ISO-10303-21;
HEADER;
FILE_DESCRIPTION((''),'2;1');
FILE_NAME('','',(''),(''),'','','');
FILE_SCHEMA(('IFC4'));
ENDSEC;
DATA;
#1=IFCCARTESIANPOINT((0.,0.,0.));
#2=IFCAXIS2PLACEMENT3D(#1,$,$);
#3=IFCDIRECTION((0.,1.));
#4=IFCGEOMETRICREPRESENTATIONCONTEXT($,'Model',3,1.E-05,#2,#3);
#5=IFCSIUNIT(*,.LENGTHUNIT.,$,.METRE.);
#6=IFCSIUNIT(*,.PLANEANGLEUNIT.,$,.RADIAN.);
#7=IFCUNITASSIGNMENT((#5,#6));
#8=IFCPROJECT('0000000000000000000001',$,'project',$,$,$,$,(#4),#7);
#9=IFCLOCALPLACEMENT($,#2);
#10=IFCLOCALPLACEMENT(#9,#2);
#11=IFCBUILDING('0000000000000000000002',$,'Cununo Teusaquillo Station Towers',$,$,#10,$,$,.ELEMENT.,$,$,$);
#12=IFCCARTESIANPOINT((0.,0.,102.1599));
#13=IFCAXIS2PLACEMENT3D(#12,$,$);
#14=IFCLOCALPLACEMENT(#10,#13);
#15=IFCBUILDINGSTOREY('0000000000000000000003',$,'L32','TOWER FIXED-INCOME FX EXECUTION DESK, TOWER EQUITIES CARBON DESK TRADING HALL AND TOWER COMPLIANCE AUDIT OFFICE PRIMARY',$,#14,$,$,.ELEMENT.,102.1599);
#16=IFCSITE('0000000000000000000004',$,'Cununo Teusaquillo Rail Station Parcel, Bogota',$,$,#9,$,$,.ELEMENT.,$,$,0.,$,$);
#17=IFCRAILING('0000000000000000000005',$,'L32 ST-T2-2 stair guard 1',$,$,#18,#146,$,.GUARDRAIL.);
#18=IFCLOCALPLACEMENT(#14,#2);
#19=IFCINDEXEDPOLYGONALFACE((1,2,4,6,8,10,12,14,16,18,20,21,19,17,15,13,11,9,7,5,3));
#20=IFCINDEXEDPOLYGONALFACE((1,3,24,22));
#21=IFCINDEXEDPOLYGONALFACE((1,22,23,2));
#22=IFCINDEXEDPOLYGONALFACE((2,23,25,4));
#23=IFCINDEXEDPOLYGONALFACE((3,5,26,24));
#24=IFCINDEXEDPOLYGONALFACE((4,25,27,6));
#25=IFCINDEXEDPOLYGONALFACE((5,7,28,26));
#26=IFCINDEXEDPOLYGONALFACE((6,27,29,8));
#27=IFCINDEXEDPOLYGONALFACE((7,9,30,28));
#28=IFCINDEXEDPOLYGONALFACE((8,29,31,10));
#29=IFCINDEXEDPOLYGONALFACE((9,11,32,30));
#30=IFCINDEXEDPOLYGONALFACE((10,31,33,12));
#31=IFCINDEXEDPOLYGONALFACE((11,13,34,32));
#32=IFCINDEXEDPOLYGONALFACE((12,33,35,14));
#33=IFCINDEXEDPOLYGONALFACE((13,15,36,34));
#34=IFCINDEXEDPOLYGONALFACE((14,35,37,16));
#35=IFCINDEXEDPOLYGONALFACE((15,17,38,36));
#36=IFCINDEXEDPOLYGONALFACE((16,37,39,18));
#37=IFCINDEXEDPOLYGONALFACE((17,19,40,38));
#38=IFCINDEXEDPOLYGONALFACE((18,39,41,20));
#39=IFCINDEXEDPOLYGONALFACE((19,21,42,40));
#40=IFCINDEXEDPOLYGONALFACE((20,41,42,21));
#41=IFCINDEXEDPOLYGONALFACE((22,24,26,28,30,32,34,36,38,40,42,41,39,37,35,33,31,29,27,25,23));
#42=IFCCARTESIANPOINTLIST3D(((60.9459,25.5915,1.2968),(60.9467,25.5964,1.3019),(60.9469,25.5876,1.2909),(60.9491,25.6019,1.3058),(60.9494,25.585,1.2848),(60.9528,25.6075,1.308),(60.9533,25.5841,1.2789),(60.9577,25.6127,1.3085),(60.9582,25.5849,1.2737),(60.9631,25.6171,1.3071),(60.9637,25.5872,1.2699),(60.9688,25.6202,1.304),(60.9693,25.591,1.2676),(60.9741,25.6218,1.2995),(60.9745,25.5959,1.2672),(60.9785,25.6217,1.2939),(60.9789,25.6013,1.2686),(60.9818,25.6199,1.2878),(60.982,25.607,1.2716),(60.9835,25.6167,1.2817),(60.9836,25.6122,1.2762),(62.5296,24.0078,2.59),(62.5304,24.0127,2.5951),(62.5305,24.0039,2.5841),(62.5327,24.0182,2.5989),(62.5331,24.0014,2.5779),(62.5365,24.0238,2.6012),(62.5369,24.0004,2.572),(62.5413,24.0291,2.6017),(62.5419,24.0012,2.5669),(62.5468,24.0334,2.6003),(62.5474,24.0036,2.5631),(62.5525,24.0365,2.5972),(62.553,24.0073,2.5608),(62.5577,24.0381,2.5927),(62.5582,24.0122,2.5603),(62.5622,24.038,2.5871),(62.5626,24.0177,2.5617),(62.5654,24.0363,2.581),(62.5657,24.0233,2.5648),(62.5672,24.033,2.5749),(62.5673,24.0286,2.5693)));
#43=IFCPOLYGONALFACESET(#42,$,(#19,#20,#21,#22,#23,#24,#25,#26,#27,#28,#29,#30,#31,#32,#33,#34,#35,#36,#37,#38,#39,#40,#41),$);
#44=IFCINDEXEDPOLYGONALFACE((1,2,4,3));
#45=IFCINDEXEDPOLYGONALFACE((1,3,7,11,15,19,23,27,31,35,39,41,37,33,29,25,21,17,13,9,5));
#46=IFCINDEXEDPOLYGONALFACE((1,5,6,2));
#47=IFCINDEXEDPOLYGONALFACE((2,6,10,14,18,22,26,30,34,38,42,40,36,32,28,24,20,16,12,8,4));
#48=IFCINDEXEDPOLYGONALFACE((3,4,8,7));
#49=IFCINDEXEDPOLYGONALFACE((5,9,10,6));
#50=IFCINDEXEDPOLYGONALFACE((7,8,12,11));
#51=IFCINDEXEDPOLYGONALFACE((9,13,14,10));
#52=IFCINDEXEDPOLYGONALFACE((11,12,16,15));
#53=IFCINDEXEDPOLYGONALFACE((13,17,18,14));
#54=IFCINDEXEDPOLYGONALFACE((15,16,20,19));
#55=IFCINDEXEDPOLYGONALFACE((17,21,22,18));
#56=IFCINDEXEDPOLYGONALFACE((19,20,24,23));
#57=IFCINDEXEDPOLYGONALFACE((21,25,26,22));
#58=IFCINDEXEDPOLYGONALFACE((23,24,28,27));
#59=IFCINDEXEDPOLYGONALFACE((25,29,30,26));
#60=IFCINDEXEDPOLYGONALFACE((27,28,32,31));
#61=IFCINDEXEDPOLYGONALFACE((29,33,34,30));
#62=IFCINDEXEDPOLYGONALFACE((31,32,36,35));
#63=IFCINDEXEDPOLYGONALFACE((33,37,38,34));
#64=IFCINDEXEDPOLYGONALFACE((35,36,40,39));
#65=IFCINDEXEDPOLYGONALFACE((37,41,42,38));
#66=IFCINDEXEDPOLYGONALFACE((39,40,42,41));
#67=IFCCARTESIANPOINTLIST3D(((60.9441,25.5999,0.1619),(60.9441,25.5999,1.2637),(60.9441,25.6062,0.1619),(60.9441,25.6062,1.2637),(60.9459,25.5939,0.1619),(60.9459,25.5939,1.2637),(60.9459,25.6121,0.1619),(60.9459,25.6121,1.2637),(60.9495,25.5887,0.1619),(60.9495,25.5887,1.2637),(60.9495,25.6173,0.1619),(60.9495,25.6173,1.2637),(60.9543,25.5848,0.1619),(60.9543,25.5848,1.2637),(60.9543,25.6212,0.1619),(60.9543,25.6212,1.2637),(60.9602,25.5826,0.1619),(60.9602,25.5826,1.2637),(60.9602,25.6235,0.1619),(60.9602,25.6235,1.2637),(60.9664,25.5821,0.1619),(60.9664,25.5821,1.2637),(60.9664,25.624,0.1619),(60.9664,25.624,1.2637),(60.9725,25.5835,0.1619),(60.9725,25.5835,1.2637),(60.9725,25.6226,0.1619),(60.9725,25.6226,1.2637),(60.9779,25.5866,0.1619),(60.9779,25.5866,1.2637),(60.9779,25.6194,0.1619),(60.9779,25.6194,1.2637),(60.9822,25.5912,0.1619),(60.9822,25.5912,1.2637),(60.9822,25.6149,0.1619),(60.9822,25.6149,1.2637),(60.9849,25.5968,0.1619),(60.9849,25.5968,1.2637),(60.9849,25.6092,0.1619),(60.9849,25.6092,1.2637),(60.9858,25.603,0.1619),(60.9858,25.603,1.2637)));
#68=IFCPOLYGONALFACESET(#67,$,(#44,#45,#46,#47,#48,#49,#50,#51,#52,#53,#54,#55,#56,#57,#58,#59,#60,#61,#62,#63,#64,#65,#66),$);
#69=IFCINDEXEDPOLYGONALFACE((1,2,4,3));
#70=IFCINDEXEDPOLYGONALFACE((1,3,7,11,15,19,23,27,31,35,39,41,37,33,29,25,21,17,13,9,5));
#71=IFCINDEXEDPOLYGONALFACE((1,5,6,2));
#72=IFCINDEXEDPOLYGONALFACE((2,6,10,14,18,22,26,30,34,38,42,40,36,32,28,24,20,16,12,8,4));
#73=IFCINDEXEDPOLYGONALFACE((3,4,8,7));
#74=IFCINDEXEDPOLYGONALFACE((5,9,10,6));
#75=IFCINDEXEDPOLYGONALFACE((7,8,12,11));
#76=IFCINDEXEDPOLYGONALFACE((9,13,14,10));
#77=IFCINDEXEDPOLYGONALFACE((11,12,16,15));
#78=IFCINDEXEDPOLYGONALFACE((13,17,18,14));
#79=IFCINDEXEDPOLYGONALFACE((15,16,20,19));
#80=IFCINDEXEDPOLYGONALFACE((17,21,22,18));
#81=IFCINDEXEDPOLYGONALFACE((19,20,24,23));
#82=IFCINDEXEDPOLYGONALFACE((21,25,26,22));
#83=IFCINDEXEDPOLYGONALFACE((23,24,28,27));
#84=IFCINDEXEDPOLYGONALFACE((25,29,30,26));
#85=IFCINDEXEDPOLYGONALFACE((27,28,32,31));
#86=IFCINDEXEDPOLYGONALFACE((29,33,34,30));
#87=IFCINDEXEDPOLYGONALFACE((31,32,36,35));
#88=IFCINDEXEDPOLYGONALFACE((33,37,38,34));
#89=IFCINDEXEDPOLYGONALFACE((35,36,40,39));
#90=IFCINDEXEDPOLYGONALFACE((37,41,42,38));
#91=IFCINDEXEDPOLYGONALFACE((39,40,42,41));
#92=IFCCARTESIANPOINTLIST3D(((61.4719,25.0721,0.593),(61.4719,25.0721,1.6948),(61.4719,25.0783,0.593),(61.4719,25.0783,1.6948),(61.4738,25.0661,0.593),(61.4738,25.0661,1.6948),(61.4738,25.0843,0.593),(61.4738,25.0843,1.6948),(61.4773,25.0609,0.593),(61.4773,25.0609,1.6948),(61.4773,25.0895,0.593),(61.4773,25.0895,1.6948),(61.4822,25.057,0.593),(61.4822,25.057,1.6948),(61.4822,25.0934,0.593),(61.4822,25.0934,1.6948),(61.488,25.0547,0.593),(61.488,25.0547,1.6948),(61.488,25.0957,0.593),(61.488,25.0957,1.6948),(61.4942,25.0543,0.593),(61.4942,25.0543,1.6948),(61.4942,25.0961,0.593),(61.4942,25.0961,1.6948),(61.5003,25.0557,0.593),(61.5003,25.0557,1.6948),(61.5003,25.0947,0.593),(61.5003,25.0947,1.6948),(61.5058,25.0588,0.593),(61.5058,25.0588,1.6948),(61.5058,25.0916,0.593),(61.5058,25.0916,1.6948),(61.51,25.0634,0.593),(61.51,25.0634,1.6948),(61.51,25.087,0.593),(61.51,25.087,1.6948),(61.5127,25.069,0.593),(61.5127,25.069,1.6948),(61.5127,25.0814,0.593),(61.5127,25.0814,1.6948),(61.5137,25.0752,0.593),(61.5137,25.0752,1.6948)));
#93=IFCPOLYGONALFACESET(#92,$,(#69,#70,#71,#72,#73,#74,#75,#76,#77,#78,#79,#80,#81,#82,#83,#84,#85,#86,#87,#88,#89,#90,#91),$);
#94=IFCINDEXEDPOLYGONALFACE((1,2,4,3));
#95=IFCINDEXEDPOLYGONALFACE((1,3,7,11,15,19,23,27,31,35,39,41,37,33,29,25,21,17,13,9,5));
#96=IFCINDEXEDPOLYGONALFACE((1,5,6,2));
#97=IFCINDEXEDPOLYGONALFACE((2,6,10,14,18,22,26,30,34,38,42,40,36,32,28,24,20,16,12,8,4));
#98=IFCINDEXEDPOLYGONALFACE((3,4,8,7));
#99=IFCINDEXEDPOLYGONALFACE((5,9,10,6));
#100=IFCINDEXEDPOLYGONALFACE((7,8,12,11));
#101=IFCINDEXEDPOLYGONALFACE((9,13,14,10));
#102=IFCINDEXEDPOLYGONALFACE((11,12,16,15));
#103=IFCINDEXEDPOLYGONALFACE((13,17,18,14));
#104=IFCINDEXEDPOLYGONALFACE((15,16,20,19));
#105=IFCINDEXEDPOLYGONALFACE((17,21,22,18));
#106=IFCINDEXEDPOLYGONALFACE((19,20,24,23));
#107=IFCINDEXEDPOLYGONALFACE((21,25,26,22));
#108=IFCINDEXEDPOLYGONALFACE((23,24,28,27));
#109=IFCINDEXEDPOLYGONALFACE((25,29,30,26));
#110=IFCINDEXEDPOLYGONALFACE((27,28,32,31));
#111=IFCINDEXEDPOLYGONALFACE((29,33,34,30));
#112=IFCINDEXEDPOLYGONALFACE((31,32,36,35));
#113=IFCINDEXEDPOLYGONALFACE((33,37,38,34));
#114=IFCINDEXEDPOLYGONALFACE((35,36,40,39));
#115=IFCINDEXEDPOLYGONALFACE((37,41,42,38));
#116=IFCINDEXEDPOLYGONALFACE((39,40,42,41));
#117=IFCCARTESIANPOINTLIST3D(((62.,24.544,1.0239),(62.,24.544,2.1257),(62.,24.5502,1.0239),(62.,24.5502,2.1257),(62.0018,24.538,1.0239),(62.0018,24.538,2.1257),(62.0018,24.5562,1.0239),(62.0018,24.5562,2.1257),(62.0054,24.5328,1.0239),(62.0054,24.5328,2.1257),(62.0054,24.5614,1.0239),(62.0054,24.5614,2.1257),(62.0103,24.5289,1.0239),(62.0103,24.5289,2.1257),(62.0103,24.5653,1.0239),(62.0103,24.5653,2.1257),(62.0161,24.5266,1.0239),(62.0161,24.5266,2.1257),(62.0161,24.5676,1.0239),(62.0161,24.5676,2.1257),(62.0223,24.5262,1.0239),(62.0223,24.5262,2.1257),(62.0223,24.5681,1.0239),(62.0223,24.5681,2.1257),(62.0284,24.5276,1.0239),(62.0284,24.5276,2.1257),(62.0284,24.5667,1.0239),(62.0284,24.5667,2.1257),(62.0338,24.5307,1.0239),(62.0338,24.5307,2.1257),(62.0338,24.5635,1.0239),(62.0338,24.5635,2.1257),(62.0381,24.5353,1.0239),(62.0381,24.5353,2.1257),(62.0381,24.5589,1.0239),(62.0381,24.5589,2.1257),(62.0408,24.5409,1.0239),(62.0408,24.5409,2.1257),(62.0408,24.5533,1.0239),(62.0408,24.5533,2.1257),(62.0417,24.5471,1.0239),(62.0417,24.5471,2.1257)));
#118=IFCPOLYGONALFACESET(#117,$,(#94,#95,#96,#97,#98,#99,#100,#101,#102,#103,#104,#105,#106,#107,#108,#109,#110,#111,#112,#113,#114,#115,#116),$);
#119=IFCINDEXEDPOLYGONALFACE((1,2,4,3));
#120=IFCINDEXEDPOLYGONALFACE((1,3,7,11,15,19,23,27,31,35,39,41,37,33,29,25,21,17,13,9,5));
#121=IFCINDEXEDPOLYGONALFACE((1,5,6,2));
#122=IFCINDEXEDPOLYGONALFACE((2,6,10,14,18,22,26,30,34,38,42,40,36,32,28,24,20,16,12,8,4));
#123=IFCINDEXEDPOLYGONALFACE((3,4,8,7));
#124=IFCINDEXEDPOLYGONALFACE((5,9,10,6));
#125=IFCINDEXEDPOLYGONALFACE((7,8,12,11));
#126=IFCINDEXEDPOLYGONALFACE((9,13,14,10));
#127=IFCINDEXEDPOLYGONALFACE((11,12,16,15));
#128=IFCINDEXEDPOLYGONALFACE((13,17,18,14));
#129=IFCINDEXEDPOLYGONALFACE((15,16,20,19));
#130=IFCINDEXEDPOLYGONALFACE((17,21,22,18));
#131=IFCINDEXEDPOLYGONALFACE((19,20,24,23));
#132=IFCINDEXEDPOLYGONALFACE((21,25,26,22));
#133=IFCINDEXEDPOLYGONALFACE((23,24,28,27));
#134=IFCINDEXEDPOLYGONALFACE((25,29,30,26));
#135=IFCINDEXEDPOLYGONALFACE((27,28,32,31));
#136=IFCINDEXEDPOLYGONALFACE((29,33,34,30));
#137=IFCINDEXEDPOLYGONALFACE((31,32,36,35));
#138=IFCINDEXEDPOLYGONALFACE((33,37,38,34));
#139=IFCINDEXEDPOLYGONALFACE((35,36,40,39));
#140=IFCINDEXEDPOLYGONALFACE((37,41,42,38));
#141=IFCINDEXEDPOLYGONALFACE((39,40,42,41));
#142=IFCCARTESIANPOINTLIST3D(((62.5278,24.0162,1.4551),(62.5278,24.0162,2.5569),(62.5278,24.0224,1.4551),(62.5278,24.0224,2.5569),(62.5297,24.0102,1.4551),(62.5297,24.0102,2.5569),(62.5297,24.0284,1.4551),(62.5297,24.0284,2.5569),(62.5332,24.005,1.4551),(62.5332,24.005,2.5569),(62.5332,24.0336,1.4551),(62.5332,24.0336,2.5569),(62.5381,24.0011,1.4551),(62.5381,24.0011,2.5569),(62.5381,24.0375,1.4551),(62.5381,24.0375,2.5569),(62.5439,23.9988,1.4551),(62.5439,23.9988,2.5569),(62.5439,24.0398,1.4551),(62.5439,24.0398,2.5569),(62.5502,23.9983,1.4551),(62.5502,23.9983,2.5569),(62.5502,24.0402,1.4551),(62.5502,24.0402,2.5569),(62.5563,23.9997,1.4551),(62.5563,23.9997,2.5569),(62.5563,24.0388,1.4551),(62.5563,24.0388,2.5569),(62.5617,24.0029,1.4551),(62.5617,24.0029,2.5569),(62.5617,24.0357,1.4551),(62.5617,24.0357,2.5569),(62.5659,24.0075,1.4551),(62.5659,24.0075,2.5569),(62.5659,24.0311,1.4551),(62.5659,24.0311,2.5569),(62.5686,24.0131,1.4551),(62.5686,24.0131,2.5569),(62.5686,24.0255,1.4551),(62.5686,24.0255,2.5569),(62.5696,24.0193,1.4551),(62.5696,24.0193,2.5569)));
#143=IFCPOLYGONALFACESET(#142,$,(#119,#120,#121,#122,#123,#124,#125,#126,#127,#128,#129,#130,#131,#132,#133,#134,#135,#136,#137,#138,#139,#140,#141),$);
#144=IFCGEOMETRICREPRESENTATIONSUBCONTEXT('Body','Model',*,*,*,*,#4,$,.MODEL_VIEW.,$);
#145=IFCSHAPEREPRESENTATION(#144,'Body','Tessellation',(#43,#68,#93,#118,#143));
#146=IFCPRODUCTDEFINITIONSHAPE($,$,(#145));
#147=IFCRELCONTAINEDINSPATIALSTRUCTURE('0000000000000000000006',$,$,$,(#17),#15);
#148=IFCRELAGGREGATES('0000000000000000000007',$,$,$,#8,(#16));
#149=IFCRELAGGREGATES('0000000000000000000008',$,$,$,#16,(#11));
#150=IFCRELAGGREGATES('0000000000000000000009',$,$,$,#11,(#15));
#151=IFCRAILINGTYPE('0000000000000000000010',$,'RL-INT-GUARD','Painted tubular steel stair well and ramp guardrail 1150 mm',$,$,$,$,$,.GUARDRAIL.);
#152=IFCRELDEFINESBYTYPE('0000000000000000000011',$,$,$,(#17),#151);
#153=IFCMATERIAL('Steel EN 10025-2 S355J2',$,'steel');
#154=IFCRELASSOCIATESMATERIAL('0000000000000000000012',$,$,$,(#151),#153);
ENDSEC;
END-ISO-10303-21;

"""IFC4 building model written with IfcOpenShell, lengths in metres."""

from ifc_helpers import new_model, si_unit, direction, frame, origin, origin_2d, place, context, subcontext, project, spatial, circle, extrude, material, type_object, element, save


model = new_model("IFC4")

# Units and contexts
model_context = context("Model", 3, precision=1e-05, world=origin(), true_north=direction((0.0, 1.0)))
body_context = subcontext(model_context, "Body", "Model", "MODEL_VIEW")
ifc_project = project(units=[si_unit("LENGTHUNIT", "METRE"), si_unit("PLANEANGLEUNIT", "RADIAN")], contexts=[model_context])

# Site, building, storey
site_placement = place(None, origin())
site = spatial("IfcSite", under=ifc_project, at=site_placement, Name="Cununo Teusaquillo Rail Station Parcel, Bogota", CompositionType="ELEMENT", RefElevation=0.0)
building_placement = place(site_placement, origin())
building = spatial("IfcBuilding", under=site, at=building_placement, Name="Cununo Teusaquillo Station Towers", CompositionType="ELEMENT")
storey_placement = place(building_placement, frame((0.0, 0.0, 102.1599)))
storey = spatial("IfcBuildingStorey", under=building, at=storey_placement, Name="L32", Description="TOWER FIXED-INCOME FX EXECUTION DESK, TOWER EQUITIES CARBON DESK TRADING HALL AND TOWER COMPLIANCE AUDIT OFFICE PRIMARY", CompositionType="ELEMENT", Elevation=102.1599)

# Railing
ifc_material_1 = material(Name="Steel EN 10025-2 S355J2", Category="steel")
railing_type_1 = type_object("IfcRailingType", Name="RL-INT-GUARD", Description="Painted tubular steel stair well and ramp guardrail 1150 mm", PredefinedType="GUARDRAIL", material=ifc_material_1)
railing_1_placement = place(storey_placement, frame((60.9648, 25.603, 0.1619)))
element("IfcRailing", 1, at=railing_1_placement, inside=storey, type_object=railing_type_1, Name="L32 ST-T2-2 stair guard 1", PredefinedType="GUARDRAIL", context=body_context, shape_type="SweptSolid", body=[
    extrude(circle(Radius=0.0239, at=origin_2d()), frame((0.0, 0.0, 1.126), z_axis=(0.612361, -0.612361, 0.500027), x_axis=(0.707107, 0.707107, 0.0)), (0.0, 0.0, 1.0), 2.5862),
    extrude(circle(Radius=0.021, at=origin_2d()), origin(), (0.0, 0.0, 1.0), 1.1018),
    extrude(circle(Radius=0.021, at=origin_2d()), frame((0.5278, -0.5278, 0.4312)), (0.0, 0.0, 1.0), 1.1018),
    extrude(circle(Radius=0.021, at=origin_2d()), frame((1.0559, -1.0559, 0.8621)), (0.0, 0.0, 1.0), 1.1018),
    extrude(circle(Radius=0.021, at=origin_2d()), frame((1.5837, -1.5837, 1.2932)), (0.0, 0.0, 1.0), 1.1018),
])

save(model, "model.ifc")
